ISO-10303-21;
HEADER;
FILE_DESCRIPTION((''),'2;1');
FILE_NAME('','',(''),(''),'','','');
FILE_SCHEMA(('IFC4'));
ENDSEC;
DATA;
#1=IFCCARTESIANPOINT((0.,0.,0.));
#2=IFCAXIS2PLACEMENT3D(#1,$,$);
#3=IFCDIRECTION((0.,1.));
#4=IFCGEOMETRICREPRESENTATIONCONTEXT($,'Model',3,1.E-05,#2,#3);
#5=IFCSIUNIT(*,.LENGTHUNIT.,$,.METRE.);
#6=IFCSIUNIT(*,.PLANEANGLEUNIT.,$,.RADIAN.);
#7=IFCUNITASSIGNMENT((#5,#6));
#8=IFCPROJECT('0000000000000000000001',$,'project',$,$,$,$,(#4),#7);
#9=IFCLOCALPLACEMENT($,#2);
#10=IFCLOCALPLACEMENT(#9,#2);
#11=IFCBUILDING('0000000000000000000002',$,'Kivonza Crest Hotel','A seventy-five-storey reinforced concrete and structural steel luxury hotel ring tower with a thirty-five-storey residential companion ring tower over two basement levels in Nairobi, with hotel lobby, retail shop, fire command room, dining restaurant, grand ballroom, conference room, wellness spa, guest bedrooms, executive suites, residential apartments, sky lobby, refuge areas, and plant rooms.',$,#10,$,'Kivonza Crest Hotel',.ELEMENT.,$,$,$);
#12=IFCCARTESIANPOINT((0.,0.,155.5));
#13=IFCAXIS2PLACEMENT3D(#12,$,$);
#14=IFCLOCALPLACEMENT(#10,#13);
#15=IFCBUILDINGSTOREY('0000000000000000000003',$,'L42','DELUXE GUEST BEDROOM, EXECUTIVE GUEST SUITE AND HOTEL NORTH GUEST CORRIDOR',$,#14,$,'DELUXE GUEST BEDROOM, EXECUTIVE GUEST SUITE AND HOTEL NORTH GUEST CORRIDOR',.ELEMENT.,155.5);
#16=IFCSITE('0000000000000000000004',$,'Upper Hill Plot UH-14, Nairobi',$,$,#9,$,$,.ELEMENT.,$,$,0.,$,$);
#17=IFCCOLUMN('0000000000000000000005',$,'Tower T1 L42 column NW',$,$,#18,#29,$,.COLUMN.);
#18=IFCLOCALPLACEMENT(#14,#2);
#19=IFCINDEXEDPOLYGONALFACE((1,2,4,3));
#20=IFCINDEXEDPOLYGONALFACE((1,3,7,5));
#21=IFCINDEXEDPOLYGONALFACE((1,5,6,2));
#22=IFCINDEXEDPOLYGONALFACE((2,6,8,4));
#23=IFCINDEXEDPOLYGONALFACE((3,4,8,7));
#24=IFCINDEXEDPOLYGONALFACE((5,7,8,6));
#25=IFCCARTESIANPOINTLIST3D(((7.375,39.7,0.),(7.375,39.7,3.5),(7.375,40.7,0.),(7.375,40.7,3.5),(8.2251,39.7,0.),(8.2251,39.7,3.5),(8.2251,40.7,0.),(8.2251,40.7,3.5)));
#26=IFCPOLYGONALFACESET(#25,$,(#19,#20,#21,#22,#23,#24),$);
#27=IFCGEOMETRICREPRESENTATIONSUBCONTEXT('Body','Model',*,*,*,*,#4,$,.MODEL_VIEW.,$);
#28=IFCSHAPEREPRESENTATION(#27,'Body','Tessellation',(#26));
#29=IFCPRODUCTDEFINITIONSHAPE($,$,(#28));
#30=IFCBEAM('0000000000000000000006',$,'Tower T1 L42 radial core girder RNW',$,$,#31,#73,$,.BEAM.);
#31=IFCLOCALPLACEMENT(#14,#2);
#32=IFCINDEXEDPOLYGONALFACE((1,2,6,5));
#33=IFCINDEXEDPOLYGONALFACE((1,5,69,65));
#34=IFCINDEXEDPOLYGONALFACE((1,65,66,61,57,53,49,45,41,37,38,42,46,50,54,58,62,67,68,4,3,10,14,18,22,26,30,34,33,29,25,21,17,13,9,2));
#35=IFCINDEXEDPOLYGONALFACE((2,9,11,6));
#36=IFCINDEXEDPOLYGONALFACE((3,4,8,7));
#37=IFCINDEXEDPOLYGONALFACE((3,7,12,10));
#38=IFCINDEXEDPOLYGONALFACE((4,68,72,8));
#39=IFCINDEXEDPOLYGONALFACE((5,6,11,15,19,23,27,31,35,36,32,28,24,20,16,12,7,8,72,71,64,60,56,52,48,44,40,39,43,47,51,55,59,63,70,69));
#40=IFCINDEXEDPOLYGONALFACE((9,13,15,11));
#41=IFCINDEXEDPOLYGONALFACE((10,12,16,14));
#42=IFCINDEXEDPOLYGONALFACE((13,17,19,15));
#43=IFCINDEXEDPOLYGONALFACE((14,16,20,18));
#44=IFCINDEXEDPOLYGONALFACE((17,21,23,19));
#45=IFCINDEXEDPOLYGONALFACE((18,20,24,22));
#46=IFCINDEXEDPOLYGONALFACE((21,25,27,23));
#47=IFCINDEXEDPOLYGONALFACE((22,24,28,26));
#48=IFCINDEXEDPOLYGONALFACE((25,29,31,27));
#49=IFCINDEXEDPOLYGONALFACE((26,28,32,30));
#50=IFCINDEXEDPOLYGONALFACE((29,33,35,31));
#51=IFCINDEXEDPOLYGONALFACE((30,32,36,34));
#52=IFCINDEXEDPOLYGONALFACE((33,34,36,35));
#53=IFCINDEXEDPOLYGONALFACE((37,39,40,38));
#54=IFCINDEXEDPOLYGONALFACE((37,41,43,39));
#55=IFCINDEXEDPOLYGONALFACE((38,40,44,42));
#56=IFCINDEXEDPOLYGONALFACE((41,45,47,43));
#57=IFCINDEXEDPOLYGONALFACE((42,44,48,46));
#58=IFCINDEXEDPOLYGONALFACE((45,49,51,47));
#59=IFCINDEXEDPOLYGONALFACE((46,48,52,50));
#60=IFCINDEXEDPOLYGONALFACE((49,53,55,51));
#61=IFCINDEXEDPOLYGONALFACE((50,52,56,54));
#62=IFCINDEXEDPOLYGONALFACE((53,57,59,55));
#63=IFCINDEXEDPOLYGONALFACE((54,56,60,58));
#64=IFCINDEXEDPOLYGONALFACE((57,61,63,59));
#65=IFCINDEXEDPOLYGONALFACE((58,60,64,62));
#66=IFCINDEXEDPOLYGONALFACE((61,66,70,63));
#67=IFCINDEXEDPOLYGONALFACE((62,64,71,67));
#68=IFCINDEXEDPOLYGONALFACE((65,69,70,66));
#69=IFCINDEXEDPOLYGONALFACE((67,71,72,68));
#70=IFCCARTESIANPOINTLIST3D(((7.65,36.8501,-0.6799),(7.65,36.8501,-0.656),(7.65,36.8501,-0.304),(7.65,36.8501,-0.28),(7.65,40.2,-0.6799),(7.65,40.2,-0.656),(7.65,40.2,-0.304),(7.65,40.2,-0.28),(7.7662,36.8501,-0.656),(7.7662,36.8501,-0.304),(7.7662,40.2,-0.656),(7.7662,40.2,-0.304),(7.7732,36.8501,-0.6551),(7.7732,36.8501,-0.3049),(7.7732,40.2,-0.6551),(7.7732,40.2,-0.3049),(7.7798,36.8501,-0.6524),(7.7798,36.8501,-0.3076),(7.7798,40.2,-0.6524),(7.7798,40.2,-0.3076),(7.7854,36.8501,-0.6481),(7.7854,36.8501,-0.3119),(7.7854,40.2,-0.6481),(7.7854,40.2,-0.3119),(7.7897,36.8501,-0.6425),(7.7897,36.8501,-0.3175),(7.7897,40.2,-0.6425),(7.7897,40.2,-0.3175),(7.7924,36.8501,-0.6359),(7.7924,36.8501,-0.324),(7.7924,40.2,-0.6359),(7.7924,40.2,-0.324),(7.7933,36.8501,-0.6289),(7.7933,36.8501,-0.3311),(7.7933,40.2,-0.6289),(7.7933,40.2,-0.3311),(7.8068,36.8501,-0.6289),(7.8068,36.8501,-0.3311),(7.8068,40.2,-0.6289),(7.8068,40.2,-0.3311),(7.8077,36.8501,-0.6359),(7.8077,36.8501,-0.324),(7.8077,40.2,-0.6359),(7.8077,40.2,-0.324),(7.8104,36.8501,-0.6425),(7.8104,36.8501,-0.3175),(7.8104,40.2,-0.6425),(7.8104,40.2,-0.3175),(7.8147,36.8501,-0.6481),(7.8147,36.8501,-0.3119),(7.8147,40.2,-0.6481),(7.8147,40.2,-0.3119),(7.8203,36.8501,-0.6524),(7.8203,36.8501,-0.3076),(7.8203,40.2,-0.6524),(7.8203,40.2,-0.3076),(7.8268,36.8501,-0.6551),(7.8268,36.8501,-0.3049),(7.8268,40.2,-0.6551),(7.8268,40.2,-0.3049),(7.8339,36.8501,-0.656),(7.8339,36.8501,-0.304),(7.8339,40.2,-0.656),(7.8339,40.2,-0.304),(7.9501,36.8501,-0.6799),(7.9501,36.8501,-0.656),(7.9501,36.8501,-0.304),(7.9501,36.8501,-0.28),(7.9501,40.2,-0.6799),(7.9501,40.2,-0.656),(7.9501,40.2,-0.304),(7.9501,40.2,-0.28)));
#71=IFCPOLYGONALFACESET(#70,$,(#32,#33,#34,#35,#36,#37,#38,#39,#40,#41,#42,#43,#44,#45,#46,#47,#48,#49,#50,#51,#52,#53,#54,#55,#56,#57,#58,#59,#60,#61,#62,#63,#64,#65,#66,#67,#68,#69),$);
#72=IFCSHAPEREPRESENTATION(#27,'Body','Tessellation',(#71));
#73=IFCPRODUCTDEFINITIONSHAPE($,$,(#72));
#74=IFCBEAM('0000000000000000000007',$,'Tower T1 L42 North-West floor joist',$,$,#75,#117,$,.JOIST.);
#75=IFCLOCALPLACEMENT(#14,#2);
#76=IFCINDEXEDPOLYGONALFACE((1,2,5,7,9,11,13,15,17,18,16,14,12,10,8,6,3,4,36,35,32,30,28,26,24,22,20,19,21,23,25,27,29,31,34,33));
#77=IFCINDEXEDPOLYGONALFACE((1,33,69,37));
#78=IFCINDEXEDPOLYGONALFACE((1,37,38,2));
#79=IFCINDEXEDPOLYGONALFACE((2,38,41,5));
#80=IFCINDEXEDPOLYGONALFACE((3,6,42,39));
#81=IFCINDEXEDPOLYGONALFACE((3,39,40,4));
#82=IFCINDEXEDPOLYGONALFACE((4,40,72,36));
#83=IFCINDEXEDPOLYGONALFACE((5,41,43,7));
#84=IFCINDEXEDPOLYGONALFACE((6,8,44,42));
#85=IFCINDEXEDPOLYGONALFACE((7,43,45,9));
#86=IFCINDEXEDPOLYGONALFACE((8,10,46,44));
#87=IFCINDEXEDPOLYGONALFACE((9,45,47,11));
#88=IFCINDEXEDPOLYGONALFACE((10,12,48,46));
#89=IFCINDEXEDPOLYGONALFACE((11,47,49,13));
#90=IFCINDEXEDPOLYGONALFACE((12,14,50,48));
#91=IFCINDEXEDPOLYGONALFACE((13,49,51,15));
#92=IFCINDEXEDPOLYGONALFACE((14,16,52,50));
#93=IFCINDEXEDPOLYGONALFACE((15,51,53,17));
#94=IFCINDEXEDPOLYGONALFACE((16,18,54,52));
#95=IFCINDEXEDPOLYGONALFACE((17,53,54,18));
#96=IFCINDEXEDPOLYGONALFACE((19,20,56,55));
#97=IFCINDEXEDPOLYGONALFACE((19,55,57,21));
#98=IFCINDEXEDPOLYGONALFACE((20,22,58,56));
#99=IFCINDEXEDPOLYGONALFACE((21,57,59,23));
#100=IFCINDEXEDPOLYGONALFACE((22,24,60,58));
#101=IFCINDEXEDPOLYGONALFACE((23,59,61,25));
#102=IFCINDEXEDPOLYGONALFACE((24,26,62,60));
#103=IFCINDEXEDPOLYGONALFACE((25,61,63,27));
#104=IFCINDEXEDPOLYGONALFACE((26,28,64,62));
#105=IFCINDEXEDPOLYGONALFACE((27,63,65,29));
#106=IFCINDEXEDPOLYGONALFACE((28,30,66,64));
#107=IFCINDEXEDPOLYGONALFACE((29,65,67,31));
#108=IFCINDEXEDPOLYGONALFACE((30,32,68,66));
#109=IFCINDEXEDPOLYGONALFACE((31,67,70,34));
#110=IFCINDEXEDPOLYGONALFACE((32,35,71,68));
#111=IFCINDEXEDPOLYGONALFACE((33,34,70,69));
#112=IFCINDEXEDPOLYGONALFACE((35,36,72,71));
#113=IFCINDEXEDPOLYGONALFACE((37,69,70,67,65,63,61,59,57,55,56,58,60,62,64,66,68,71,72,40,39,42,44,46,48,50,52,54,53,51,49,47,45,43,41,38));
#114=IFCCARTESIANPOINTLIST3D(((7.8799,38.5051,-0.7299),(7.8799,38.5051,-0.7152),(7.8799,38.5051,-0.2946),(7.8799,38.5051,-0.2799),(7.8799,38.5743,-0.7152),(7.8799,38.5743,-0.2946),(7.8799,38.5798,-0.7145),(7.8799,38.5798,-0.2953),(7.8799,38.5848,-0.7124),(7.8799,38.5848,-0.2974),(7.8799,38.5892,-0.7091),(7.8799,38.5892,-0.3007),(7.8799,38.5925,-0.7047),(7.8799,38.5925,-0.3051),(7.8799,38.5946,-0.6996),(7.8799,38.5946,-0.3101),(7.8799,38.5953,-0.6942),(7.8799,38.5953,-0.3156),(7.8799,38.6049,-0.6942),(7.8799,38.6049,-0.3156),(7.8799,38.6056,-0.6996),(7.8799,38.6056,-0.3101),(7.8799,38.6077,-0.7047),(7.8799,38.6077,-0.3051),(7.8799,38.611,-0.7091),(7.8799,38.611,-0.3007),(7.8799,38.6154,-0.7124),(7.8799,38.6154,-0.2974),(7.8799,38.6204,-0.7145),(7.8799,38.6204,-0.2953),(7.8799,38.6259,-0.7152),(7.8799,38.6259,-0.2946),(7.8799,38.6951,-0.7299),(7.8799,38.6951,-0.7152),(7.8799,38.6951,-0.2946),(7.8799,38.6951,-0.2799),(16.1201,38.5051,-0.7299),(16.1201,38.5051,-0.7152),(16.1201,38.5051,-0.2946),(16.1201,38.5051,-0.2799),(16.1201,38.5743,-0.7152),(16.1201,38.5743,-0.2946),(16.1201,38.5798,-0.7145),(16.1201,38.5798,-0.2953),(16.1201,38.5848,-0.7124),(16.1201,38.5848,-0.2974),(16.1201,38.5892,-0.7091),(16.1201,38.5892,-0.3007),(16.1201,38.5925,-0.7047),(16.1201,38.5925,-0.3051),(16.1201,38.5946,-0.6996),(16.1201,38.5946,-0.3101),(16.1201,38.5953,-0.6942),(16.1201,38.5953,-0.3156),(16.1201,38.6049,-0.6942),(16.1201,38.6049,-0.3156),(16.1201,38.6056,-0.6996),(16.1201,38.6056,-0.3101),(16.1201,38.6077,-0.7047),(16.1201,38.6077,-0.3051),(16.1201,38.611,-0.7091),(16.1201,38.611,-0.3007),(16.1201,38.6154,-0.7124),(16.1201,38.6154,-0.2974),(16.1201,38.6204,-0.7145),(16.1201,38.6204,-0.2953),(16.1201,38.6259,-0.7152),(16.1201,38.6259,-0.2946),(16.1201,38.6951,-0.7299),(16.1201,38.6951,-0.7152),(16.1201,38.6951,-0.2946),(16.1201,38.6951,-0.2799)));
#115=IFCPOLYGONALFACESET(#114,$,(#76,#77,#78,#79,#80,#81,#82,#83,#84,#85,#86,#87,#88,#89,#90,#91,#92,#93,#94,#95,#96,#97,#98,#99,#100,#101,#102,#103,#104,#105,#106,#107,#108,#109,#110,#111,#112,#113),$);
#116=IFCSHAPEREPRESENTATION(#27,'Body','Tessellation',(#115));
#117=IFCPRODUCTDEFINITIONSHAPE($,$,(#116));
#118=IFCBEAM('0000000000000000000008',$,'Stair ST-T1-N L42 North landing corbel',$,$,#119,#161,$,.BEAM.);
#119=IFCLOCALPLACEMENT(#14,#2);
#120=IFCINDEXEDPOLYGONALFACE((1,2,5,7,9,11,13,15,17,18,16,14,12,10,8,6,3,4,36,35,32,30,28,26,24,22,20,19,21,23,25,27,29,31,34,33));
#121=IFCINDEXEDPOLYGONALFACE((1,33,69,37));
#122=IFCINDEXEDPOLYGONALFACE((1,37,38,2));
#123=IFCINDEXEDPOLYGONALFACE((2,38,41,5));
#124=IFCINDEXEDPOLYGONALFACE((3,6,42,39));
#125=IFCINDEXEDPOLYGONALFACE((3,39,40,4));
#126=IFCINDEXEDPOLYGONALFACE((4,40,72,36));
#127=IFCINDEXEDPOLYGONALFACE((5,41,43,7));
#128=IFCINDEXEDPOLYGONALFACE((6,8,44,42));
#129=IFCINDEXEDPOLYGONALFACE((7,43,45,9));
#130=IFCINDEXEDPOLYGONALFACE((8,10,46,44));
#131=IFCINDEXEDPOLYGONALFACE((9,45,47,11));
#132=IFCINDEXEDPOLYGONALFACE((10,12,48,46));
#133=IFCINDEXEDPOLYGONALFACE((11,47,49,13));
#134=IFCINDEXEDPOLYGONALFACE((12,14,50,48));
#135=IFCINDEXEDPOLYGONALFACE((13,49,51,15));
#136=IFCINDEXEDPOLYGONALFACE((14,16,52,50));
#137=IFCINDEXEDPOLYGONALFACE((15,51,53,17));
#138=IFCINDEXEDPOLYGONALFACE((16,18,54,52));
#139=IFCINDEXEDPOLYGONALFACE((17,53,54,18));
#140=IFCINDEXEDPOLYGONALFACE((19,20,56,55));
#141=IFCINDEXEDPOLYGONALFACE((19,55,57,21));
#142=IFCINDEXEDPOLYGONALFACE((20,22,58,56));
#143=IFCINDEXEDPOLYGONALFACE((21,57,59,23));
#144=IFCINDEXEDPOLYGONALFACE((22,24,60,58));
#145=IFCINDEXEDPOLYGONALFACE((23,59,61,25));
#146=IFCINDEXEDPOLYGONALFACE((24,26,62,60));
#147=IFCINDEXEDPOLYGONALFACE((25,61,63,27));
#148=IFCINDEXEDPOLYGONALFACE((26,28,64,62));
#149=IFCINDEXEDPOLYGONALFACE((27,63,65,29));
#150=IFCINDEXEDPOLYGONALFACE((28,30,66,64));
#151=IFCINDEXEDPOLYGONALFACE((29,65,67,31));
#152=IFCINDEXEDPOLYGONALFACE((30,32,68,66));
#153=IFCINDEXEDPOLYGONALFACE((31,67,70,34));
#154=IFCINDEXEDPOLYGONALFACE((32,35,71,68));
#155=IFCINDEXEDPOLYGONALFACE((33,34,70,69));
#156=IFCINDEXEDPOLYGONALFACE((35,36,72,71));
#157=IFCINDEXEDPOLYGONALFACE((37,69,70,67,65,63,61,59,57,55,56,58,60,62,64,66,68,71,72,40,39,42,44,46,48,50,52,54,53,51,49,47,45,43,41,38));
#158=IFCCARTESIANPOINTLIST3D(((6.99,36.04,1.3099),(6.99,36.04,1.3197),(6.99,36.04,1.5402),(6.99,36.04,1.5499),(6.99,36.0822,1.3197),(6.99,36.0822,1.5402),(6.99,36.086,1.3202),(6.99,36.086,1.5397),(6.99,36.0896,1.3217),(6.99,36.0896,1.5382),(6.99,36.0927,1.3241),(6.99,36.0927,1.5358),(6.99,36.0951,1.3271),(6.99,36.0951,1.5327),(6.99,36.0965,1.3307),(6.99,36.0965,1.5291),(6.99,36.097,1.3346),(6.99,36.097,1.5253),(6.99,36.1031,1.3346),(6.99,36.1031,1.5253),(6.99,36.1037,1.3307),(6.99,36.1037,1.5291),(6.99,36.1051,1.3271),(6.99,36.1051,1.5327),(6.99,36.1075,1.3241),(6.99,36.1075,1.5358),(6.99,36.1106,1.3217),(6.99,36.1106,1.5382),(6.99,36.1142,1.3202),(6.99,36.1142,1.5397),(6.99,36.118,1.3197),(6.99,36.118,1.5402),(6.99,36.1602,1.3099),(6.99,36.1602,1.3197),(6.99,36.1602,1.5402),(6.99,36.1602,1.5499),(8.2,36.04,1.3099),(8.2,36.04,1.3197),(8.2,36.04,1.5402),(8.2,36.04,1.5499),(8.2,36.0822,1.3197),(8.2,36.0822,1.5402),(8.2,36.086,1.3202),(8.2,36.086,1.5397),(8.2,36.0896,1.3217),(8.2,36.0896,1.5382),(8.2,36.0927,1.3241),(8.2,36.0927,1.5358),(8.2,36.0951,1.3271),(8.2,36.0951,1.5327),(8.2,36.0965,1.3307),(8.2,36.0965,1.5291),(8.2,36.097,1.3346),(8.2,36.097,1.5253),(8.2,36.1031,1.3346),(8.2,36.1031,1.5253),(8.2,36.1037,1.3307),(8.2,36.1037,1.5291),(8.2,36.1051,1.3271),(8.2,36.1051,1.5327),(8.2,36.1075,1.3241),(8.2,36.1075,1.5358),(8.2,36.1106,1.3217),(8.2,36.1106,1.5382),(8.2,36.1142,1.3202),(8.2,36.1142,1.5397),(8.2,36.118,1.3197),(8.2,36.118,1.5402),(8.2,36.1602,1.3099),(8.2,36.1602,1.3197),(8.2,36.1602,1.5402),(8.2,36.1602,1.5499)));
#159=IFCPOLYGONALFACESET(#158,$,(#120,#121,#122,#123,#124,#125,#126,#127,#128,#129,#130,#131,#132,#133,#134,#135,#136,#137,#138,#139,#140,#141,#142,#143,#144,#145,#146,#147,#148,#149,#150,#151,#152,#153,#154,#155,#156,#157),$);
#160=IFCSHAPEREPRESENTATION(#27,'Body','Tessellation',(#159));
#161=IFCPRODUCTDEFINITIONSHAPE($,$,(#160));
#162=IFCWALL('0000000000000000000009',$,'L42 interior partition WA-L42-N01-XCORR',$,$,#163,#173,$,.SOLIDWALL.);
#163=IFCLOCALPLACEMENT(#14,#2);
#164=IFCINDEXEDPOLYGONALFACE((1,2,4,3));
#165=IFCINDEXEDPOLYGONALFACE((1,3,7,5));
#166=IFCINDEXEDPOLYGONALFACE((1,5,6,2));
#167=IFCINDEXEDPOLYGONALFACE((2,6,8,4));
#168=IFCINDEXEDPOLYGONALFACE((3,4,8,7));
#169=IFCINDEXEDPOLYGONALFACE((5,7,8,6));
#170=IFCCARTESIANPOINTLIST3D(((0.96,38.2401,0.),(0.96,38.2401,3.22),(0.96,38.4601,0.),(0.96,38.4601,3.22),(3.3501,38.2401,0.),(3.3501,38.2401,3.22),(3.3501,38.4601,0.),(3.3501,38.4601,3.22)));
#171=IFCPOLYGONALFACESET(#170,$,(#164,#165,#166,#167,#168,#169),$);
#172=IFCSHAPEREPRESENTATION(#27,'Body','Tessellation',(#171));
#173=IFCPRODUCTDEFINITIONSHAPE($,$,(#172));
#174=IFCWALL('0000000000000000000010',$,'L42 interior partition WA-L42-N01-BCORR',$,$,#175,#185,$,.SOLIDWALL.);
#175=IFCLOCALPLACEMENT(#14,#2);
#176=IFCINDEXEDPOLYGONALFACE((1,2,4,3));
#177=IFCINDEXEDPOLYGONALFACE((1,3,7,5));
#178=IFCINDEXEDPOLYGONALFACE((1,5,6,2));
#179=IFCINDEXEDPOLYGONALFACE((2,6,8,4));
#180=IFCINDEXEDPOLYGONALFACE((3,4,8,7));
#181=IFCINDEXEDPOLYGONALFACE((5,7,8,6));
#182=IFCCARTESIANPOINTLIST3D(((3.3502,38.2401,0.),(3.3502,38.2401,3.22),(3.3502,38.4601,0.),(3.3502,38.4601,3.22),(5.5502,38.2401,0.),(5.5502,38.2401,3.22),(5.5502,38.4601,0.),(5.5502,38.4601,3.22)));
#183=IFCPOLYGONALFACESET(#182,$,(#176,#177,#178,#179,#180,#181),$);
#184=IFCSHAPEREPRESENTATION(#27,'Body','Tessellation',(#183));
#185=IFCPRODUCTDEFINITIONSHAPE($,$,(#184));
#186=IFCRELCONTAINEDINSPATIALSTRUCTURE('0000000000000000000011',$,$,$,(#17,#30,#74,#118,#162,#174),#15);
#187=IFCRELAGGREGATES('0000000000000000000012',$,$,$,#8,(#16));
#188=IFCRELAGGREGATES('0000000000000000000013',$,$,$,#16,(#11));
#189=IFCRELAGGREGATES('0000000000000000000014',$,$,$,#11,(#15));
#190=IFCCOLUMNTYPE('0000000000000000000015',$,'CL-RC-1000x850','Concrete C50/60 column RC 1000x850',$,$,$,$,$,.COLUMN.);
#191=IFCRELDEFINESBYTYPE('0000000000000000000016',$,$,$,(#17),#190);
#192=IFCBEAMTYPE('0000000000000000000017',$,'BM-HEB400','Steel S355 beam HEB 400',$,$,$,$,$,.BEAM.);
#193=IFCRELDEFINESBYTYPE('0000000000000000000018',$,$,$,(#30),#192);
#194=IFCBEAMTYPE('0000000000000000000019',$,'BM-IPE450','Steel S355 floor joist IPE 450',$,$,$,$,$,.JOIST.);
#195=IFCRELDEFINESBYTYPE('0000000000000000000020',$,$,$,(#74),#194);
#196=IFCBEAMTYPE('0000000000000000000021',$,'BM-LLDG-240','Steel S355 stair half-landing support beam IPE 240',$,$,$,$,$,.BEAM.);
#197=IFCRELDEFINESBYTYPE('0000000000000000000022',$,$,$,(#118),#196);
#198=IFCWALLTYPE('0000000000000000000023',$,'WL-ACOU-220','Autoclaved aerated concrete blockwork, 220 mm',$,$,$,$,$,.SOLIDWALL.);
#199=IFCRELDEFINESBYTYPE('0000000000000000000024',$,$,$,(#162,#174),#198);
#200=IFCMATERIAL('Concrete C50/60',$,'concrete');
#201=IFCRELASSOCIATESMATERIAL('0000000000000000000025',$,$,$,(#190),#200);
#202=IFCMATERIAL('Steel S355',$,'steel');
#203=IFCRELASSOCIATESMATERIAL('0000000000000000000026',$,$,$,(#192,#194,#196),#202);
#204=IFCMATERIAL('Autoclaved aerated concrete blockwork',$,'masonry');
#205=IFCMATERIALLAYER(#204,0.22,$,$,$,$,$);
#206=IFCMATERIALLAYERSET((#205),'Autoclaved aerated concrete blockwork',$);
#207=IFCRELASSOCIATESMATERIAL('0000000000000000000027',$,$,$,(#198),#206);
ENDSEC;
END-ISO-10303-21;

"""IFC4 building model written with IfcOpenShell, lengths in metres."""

from ifc_helpers import new_model, si_unit, direction, frame, frame_2d, origin, origin_2d, place, context, subcontext, project, spatial, rectangle, i_section, extrude, material, layer, layer_set, material_profile, profile_set, type_object, element, save


model = new_model("IFC4")

# Units and contexts
model_context = context("Model", 3, precision=1e-05, world=origin(), true_north=direction((0.0, 1.0)))
body_context = subcontext(model_context, "Body", "Model", "MODEL_VIEW")
ifc_project = project(units=[si_unit("LENGTHUNIT", "METRE"), si_unit("PLANEANGLEUNIT", "RADIAN")], contexts=[model_context])

# Site, building, storey
site_placement = place(None, origin())
site = spatial("IfcSite", under=ifc_project, at=site_placement, Name="Upper Hill Plot UH-14, Nairobi", CompositionType="ELEMENT", RefElevation=0.0)
building_placement = place(site_placement, origin())
building = spatial("IfcBuilding", under=site, at=building_placement, Name="Kivonza Crest Hotel", Description="A seventy-five-storey reinforced concrete and structural steel luxury hotel ring tower with a thirty-five-storey residential companion ring tower over two basement levels in Nairobi, with hotel lobby, retail shop, fire command room, dining restaurant, grand ballroom, conference room, wellness spa, guest bedrooms, executive suites, residential apartments, sky lobby, refuge areas, and plant rooms.", LongName="Kivonza Crest Hotel", CompositionType="ELEMENT")
storey_placement = place(building_placement, frame((0.0, 0.0, 155.5)))
storey = spatial("IfcBuildingStorey", under=building, at=storey_placement, Name="L42", Description="DELUXE GUEST BEDROOM, EXECUTIVE GUEST SUITE AND HOTEL NORTH GUEST CORRIDOR", LongName="DELUXE GUEST BEDROOM, EXECUTIVE GUEST SUITE AND HOTEL NORTH GUEST CORRIDOR", CompositionType="ELEMENT", Elevation=155.5)

# Column
ifc_material_1 = material(Name="Concrete C50/60", Category="concrete")
ifc_material_profile_1 = material_profile(ifc_material_1, rectangle(XDim=0.8501, YDim=1.0, at=origin_2d()), Name="RC 1000x850")
ifc_profile_set_1 = profile_set([ifc_material_profile_1], Name="Concrete C50/60")
column_type = type_object("IfcColumnType", Name="CL-RC-1000x850", Description="Concrete C50/60 column RC 1000x850", PredefinedType="COLUMN", material=ifc_profile_set_1)
column_placement = place(storey_placement, frame((7.8, 40.2, 0.0), z_axis=(0.0, 0.0, 1.0), x_axis=(1.0, 0.0, 0.0)))
element("IfcColumn", 1, at=column_placement, inside=storey, type_object=column_type, Name="Tower T1 L42 column NW", PredefinedType="COLUMN", context=body_context, shape_type="SweptSolid", body=[
    extrude(rectangle(XDim=0.8501, YDim=1.0, at=origin_2d()), origin(), (0.0, 0.0, 1.0), 3.5),
])

# Beams
ifc_material_2 = material(Name="Steel S355", Category="steel")
ifc_material_profile_2 = material_profile(ifc_material_2, i_section(OverallWidth=0.3, OverallDepth=0.3999, WebThickness=0.0134, FlangeThickness=0.0239, FilletRadius=0.0271, at=origin_2d()), Name="HEB 400")
ifc_profile_set_2 = profile_set([ifc_material_profile_2], Name="Steel S355")
beam_type_1 = type_object("IfcBeamType", Name="BM-HEB400", Description="Steel S355 beam HEB 400", PredefinedType="BEAM", material=ifc_profile_set_2)
beam_1_placement = place(storey_placement, frame((7.8, 40.2, -0.48), z_axis=(0.0, -1.0, 0.0), x_axis=(1.0, 0.0, 0.0)))
element("IfcBeam", 2, at=beam_1_placement, inside=storey, type_object=beam_type_1, Name="Tower T1 L42 radial core girder RNW", PredefinedType="BEAM", context=body_context, shape_type="SweptSolid", body=[
    extrude(i_section(OverallWidth=0.3, OverallDepth=0.3999, WebThickness=0.0134, FlangeThickness=0.0239, FilletRadius=0.0271, at=origin_2d()), origin(), (0.0, 0.0, 1.0), 3.3499),
])
ifc_material_profile_3 = material_profile(ifc_material_2, i_section(OverallWidth=0.1899, OverallDepth=0.45, WebThickness=0.0095, FlangeThickness=0.0146, FilletRadius=0.021, at=origin_2d()), Name="IPE 450")
ifc_profile_set_3 = profile_set([ifc_material_profile_3], Name="Steel S355")
beam_type_2 = type_object("IfcBeamType", Name="BM-IPE450", Description="Steel S355 floor joist IPE 450", PredefinedType="JOIST", material=ifc_profile_set_3)
beam_2_placement = place(storey_placement, frame((7.8799, 38.6001, -0.5049), z_axis=(1.0, 0.0, 0.0), x_axis=(0.0, 1.0, 0.0)))
element("IfcBeam", 3, at=beam_2_placement, inside=storey, type_object=beam_type_2, Name="Tower T1 L42 North-West floor joist", PredefinedType="JOIST", context=body_context, shape_type="SweptSolid", body=[
    extrude(i_section(OverallWidth=0.1899, OverallDepth=0.45, WebThickness=0.0095, FlangeThickness=0.0146, FilletRadius=0.021, at=origin_2d()), origin(), (0.0, 0.0, 1.0), 8.2402),
])
ifc_material_profile_4 = material_profile(ifc_material_2, i_section(OverallWidth=0.1201, OverallDepth=0.24, WebThickness=0.0061, FlangeThickness=0.0098, FilletRadius=0.0149, at=origin_2d()), Name="IPE 240")
ifc_profile_set_4 = profile_set([ifc_material_profile_4], Name="Steel S355")
beam_type_3 = type_object("IfcBeamType", Name="BM-LLDG-240", Description="Steel S355 stair half-landing support beam IPE 240", PredefinedType="BEAM", material=ifc_profile_set_4)
beam_3_placement = place(storey_placement, frame((6.99, 36.1001, 1.4299), z_axis=(1.0, 0.0, 0.0), x_axis=(0.0, 1.0, 0.0)))
element("IfcBeam", 4, at=beam_3_placement, inside=storey, type_object=beam_type_3, Name="Stair ST-T1-N L42 North landing corbel", PredefinedType="BEAM", context=body_context, shape_type="SweptSolid", body=[
    extrude(i_section(OverallWidth=0.1201, OverallDepth=0.24, WebThickness=0.0061, FlangeThickness=0.0098, FilletRadius=0.0149, at=origin_2d()), origin(), (0.0, 0.0, 1.0), 1.21),
])

# Walls
ifc_material_3 = material(Name="Autoclaved aerated concrete blockwork", Category="masonry")
ifc_layer_1 = layer(ifc_material_3, 0.22)
ifc_layer_set_1 = layer_set([ifc_layer_1], Name="Autoclaved aerated concrete blockwork")
wall_type_1 = type_object("IfcWallType", Name="WL-ACOU-220", Description="Autoclaved aerated concrete blockwork, 220 mm", PredefinedType="SOLIDWALL", material=ifc_layer_set_1)
wall_1_placement = place(storey_placement, frame((0.96, 38.3501, 0.0), z_axis=(0.0, 0.0, 1.0), x_axis=(1.0, 0.0, 0.0)))
element("IfcWall", 5, at=wall_1_placement, inside=storey, type_object=wall_type_1, Name="L42 interior partition WA-L42-N01-XCORR", PredefinedType="SOLIDWALL", context=body_context, shape_type="SweptSolid", body=[
    extrude(rectangle(XDim=2.3901, YDim=0.22, at=frame_2d((1.1951, 0.0))), origin(), (0.0, 0.0, 1.0), 3.22),
])
wall_2_placement = place(storey_placement, frame((3.3501, 38.3501, 0.0), z_axis=(0.0, 0.0, 1.0), x_axis=(1.0, 0.0, 0.0)))
element("IfcWall", 6, at=wall_2_placement, inside=storey, type_object=wall_type_1, Name="L42 interior partition WA-L42-N01-BCORR", PredefinedType="SOLIDWALL", context=body_context, shape_type="SweptSolid", body=[
    extrude(rectangle(XDim=2.2, YDim=0.22, at=frame_2d((1.1001, 0.0))), origin(), (0.0, 0.0, 1.0), 3.22),
])

save(model, "model.ifc")
